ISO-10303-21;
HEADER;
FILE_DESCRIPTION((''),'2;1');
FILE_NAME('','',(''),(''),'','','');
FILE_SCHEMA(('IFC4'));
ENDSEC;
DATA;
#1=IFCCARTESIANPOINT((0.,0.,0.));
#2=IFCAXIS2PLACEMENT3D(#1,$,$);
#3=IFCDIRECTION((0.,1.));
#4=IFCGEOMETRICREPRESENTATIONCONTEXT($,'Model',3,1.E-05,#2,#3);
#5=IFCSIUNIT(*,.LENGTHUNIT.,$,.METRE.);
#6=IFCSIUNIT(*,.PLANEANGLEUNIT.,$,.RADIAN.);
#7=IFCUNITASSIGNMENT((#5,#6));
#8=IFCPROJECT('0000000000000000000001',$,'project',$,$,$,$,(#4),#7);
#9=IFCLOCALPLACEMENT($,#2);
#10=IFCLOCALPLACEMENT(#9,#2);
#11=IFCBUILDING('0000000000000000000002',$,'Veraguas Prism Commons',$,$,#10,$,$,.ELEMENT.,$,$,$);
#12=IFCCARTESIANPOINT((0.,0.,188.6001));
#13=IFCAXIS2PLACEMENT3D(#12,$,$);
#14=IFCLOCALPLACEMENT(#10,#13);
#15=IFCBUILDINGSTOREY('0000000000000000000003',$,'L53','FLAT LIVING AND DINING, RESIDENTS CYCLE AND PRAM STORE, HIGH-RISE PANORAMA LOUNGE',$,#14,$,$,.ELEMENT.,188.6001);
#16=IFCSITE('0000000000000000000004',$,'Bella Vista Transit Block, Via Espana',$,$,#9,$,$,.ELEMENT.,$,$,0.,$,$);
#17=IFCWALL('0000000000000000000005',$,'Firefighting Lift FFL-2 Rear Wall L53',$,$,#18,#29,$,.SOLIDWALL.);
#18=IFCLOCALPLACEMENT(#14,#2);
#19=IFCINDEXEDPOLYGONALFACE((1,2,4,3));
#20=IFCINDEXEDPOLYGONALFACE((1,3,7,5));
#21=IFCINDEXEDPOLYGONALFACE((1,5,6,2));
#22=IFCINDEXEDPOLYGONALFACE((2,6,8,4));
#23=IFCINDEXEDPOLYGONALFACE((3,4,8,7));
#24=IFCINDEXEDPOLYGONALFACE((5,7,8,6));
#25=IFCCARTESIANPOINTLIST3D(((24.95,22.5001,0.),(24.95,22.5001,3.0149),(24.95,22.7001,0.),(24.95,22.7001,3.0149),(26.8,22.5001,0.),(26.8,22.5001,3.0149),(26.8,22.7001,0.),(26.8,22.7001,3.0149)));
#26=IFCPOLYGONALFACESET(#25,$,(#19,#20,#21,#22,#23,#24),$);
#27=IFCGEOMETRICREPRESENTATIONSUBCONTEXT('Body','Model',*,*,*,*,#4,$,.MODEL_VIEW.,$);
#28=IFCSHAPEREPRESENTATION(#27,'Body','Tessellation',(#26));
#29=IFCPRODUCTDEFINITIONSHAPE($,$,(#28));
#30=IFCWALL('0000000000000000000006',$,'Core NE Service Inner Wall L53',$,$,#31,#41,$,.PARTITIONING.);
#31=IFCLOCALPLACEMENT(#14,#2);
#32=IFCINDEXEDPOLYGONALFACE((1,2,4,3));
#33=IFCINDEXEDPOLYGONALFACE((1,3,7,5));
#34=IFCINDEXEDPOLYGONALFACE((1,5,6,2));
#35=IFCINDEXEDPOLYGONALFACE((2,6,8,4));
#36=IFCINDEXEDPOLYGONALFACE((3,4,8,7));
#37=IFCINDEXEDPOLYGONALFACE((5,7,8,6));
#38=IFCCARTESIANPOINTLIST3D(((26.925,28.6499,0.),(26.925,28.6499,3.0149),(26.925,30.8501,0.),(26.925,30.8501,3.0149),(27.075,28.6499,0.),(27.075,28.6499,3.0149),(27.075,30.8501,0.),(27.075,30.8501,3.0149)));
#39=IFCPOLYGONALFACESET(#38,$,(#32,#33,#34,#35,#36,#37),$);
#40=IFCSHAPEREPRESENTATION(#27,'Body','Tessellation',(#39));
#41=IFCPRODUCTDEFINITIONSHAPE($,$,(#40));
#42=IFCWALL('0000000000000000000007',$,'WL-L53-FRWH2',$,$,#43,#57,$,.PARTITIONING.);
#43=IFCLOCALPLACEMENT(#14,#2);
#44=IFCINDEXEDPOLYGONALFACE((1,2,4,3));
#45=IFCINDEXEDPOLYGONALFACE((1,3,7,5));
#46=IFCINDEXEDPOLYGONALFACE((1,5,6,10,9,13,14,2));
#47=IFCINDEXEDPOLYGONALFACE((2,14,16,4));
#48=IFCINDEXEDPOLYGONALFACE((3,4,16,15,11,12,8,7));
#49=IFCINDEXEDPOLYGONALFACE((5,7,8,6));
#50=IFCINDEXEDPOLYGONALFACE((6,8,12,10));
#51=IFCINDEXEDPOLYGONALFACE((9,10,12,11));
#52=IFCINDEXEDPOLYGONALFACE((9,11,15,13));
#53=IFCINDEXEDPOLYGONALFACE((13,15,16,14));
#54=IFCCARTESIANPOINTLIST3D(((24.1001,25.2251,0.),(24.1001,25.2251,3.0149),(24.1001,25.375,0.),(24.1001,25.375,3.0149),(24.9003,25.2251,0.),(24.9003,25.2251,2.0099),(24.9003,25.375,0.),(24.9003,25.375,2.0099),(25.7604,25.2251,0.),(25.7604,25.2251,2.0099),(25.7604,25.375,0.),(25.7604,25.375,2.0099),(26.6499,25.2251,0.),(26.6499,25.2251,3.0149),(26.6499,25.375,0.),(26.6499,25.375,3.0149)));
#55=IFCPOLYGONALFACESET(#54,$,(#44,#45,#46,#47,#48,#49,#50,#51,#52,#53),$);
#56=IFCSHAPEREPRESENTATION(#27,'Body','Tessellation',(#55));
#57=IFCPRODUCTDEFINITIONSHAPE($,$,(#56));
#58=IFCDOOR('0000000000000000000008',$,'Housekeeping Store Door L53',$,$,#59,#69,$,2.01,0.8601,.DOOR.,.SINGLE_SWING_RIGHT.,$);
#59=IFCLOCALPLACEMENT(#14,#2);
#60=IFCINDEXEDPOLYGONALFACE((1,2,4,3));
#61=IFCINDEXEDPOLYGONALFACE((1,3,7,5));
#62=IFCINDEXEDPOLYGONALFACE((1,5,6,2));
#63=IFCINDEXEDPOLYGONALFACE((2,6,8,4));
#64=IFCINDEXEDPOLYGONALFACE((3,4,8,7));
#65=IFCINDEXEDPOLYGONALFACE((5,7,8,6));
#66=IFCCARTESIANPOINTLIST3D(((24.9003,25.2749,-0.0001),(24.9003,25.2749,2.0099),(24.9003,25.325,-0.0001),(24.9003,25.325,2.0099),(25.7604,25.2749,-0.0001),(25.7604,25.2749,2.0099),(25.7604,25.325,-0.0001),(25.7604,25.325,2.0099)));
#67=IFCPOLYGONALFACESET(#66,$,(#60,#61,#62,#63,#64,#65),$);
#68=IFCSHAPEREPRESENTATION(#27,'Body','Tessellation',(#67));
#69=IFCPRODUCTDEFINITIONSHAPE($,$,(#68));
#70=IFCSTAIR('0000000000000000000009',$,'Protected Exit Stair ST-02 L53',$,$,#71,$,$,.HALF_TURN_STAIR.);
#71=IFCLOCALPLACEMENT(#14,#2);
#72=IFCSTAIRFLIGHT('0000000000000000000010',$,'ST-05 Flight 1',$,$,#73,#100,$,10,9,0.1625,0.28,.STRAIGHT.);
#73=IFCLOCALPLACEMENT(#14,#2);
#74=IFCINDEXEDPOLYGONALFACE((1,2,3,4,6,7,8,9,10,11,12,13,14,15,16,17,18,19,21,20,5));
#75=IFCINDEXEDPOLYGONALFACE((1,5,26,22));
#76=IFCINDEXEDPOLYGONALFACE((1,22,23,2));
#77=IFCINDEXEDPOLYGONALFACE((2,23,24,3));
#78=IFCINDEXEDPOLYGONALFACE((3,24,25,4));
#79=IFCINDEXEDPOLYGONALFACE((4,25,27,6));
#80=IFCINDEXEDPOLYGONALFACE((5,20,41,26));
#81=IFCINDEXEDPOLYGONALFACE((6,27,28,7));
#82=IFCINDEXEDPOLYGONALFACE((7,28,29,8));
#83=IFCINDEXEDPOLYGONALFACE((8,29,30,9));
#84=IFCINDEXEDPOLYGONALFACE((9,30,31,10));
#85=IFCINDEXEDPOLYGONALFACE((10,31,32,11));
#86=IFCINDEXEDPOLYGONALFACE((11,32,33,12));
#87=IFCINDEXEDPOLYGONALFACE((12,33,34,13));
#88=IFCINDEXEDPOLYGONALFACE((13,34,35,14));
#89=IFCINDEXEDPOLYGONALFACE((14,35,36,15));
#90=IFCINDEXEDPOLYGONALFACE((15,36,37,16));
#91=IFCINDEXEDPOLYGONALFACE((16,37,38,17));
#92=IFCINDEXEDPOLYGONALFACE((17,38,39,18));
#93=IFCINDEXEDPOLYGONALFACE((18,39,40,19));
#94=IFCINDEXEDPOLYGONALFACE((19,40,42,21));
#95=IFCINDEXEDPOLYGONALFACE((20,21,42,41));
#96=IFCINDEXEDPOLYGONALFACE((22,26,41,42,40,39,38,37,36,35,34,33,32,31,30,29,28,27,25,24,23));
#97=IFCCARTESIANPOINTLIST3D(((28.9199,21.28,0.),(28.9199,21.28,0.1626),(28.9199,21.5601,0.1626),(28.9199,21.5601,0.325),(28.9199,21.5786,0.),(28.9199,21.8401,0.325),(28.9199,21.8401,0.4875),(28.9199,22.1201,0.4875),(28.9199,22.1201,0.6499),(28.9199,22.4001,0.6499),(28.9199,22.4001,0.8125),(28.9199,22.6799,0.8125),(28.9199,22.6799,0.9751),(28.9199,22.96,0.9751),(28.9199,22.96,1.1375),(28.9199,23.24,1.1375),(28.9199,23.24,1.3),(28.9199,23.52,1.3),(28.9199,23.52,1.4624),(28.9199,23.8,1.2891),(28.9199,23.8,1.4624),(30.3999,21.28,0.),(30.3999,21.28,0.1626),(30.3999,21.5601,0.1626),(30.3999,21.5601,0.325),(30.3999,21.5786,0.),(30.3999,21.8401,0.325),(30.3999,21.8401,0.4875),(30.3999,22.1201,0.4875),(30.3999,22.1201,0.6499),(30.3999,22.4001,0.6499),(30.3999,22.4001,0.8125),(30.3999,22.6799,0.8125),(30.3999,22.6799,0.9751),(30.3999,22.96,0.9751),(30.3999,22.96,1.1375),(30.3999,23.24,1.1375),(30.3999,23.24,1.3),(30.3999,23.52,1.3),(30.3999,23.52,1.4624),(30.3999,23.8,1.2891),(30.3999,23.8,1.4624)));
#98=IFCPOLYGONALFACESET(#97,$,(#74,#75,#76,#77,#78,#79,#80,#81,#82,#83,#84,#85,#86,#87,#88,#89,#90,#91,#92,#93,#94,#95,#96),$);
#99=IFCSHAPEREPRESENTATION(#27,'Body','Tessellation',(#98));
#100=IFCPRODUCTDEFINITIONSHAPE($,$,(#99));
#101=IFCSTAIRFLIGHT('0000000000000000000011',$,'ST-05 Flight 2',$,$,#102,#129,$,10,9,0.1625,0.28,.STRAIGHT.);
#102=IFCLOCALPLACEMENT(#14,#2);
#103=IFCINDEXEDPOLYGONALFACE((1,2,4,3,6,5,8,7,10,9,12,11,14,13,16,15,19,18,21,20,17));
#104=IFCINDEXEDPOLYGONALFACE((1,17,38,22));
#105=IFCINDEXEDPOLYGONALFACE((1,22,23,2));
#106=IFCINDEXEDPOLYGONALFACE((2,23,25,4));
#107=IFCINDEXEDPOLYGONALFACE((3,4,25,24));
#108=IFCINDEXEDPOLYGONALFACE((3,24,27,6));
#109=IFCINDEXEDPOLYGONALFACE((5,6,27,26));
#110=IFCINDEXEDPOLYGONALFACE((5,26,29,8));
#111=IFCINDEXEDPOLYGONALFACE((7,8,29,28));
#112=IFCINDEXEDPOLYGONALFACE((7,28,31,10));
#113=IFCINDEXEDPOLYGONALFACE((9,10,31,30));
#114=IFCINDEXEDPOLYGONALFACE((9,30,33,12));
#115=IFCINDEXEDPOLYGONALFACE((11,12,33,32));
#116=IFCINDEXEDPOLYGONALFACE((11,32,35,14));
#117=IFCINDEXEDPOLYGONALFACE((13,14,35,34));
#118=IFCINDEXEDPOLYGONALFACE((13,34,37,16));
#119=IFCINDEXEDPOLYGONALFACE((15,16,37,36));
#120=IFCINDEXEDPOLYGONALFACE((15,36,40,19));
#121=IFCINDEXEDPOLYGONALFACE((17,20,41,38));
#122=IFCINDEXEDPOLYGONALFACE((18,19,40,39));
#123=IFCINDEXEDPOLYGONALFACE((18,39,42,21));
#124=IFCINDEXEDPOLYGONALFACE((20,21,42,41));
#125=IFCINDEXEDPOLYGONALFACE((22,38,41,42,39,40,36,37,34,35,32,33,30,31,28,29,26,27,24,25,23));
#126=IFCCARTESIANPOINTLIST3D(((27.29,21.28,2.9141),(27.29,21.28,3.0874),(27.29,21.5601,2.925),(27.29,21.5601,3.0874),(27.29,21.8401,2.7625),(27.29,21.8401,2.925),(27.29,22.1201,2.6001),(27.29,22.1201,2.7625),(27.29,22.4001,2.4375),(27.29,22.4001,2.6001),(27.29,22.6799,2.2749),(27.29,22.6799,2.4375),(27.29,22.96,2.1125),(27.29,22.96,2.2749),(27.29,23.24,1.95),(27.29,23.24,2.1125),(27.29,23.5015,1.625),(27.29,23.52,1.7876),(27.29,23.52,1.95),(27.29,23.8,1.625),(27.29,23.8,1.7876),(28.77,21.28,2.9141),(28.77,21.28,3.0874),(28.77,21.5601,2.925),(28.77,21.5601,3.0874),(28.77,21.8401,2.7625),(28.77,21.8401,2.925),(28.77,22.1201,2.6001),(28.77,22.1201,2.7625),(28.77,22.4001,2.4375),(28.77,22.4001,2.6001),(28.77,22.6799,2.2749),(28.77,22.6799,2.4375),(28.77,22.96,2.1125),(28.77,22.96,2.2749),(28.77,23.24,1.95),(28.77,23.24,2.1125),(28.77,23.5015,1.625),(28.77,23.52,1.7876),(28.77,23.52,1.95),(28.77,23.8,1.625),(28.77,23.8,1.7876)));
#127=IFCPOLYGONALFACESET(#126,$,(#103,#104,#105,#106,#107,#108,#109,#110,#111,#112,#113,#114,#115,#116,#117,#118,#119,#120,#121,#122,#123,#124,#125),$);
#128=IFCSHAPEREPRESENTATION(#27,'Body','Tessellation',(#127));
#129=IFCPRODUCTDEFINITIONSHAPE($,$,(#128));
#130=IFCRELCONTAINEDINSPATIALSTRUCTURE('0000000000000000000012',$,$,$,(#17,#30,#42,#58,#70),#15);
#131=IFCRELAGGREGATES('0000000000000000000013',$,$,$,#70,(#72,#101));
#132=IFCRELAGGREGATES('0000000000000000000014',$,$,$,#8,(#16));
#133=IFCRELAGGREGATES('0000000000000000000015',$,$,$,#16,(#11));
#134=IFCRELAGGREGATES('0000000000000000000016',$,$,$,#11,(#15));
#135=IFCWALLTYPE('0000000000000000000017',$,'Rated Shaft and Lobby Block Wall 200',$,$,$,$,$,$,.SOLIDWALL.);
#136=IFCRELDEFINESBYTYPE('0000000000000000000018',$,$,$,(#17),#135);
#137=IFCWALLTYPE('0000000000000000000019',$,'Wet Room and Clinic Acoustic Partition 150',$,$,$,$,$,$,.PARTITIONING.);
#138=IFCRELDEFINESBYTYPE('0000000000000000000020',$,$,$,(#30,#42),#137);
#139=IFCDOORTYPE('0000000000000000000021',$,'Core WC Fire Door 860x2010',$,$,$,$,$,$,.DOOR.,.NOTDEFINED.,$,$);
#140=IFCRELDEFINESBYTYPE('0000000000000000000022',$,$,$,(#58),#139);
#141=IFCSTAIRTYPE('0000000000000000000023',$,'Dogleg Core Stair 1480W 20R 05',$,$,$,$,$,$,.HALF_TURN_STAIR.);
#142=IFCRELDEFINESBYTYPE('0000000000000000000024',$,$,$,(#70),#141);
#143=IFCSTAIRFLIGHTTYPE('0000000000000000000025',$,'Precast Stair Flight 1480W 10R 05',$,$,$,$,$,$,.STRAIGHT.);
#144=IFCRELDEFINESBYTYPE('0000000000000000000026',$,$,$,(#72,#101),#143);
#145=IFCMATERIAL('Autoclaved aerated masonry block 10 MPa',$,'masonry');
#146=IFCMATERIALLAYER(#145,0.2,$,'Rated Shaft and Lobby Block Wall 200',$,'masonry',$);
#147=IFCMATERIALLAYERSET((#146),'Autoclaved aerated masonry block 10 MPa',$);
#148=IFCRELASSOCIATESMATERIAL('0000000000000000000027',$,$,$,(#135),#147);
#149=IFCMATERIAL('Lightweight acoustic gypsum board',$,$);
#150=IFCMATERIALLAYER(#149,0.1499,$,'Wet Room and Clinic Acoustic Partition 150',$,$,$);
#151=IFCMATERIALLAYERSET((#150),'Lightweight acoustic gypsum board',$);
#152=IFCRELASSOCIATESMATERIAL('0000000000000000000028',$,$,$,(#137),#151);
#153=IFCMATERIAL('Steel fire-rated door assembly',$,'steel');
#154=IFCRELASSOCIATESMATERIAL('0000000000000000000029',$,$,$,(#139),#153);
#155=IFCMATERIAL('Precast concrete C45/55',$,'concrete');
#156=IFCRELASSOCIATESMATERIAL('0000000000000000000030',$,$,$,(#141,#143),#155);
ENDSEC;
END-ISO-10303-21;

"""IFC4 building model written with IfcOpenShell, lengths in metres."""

from ifc_helpers import new_model, si_unit, direction, frame, frame_2d, origin, place, context, subcontext, project, spatial, polyline, rectangle, outline, extrude, source, transform, mapped, material, layer, layer_set, type_object, element, fill, aggregate, save


model = new_model("IFC4")

# Units and contexts
model_context = context("Model", 3, precision=1e-05, world=origin(), true_north=direction((0.0, 1.0)))
body_context = subcontext(model_context, "Body", "Model", "MODEL_VIEW")
ifc_project = project(units=[si_unit("LENGTHUNIT", "METRE"), si_unit("PLANEANGLEUNIT", "RADIAN")], contexts=[model_context])

# Site, building, storey
site_placement = place(None, origin())
site = spatial("IfcSite", under=ifc_project, at=site_placement, Name="Bella Vista Transit Block, Via Espana", CompositionType="ELEMENT", RefElevation=0.0)
building_placement = place(site_placement, origin())
building = spatial("IfcBuilding", under=site, at=building_placement, Name="Veraguas Prism Commons", CompositionType="ELEMENT")
storey_placement = place(building_placement, frame((0.0, 0.0, 188.6001)))
storey = spatial("IfcBuildingStorey", under=building, at=storey_placement, Name="L53", Description="FLAT LIVING AND DINING, RESIDENTS CYCLE AND PRAM STORE, HIGH-RISE PANORAMA LOUNGE", CompositionType="ELEMENT", Elevation=188.6001)

# Shared definitions
ifc_material_1 = material(Name="Steel fire-rated door assembly", Category="steel")
ifc_material_2 = material(Name="Autoclaved aerated masonry block 10 MPa", Category="masonry")

# Walls
ifc_material_3 = material(Name="Lightweight acoustic gypsum board")
ifc_layer_1 = layer(ifc_material_2, 0.2, Name="Rated Shaft and Lobby Block Wall 200", Category="masonry")
ifc_layer_set_1 = layer_set([ifc_layer_1], Name="Autoclaved aerated masonry block 10 MPa")
wall_type_1 = type_object("IfcWallType", Name="Rated Shaft and Lobby Block Wall 200", PredefinedType="SOLIDWALL", material=ifc_layer_set_1)
wall_1_placement = place(storey_placement, frame((24.95, 22.6001, 0.0), z_axis=(0.0, 0.0, 1.0), x_axis=(1.0, 0.0, 0.0)))
element("IfcWall", 1, at=wall_1_placement, inside=storey, type_object=wall_type_1, Name="Firefighting Lift FFL-2 Rear Wall L53", PredefinedType="SOLIDWALL", context=body_context, shape_type="SweptSolid", body=[
    extrude(rectangle(XDim=1.8501, YDim=0.2, at=frame_2d((0.925, 0.0))), origin(), (0.0, 0.0, 1.0), 3.0149),
])
ifc_layer_2 = layer(ifc_material_3, 0.1499, Name="Wet Room and Clinic Acoustic Partition 150")
ifc_layer_set_2 = layer_set([ifc_layer_2], Name="Lightweight acoustic gypsum board")
wall_type_2 = type_object("IfcWallType", Name="Wet Room and Clinic Acoustic Partition 150", PredefinedType="PARTITIONING", material=ifc_layer_set_2)
wall_2_placement = place(storey_placement, frame((27.0, 28.6499, 0.0), z_axis=(0.0, 0.0, 1.0), x_axis=(0.0, 1.0, 0.0)))
element("IfcWall", 2, at=wall_2_placement, inside=storey, type_object=wall_type_2, Name="Core NE Service Inner Wall L53", PredefinedType="PARTITIONING", context=body_context, shape_type="SweptSolid", body=[
    extrude(rectangle(XDim=2.2002, YDim=0.1499, at=frame_2d((1.1001, 0.0))), origin(), (0.0, 0.0, 1.0), 3.0149),
])

# Wall, opening, door
wall_3_placement = place(storey_placement, frame((24.1001, 25.3, 0.0), z_axis=(0.0, 0.0, 1.0), x_axis=(1.0, 0.0, 0.0)))
wall_3 = element("IfcWall", 3, at=wall_3_placement, inside=storey, type_object=wall_type_2, Name="WL-L53-FRWH2", PredefinedType="PARTITIONING", context=body_context, shape_type="SweptSolid", body=[
    extrude(rectangle(XDim=2.5498, YDim=0.1499, at=frame_2d((1.2749, 0.0))), origin(), (0.0, 0.0, 1.0), 3.0149),
])
opening_1_placement = place(wall_3_placement, frame((0.8, 0.0, 0.0)))
opening_1 = element("IfcOpeningElement", 4, at=opening_1_placement, cuts=wall_3, PredefinedType="OPENING", context=body_context, shape_type="SweptSolid", body=[
    extrude(rectangle(XDim=0.8601, YDim=2.01, at=frame_2d((0.4302, 1.0049))), frame((0.0, 0.085, 0.0), z_axis=(0.0, -1.0, 0.0), x_axis=(1.0, 0.0, 0.0)), (0.0, 0.0, 1.0), 0.1699),
])
door_type_1 = type_object("IfcDoorType", Name="Core WC Fire Door 860x2010", OperationType="NOTDEFINED", PredefinedType="DOOR", material=ifc_material_1)
shared_shape_1 = source(origin(), body_context, "Body", "SweptSolid", [
    extrude(rectangle(XDim=0.8601, YDim=2.01, at=frame_2d((0.4302, 1.0049))), frame((0.0, 0.0249, 0.0), z_axis=(0.0, -1.0, 0.0), x_axis=(1.0, 0.0, 0.0)), (0.0, 0.0, 1.0), 0.05),
])
door_1_placement = place(opening_1_placement, origin())
door_1 = element("IfcDoor", 5, at=door_1_placement, inside=storey, type_object=door_type_1, Name="Housekeeping Store Door L53", OperationType="SINGLE_SWING_RIGHT", OverallHeight=2.01, OverallWidth=0.8601, PredefinedType="DOOR", context=body_context, shape_type="MappedRepresentation", body=[
    mapped(shared_shape_1, transform((0.0, 0.0, 0.0), scale=1.0)),
])
fill(opening_1, door_1)

# Stair, stair flights
ifc_material_4 = material(Name="Precast concrete C45/55", Category="concrete")
stair_type = type_object("IfcStairType", Name="Dogleg Core Stair 1480W 20R 05", PredefinedType="HALF_TURN_STAIR", material=ifc_material_4)
stair_placement = place(storey_placement, origin())
stair = element("IfcStair", 6, at=stair_placement, inside=storey, type_object=stair_type, Name="Protected Exit Stair ST-02 L53", PredefinedType="HALF_TURN_STAIR")
stair_flight_type = type_object("IfcStairFlightType", Name="Precast Stair Flight 1480W 10R 05", PredefinedType="STRAIGHT", material=ifc_material_4)
stair_flight_1_placement = place(storey_placement, frame((29.6599, 21.28, 0.0), z_axis=(0.0, 0.0, 1.0), x_axis=(0.0, 1.0, 0.0)))
stair_flight_1 = element("IfcStairFlight", 7, at=stair_flight_1_placement, type_object=stair_flight_type, Name="ST-05 Flight 1", NumberOfRisers=10, NumberOfTreads=9, PredefinedType="STRAIGHT", RiserHeight=0.1625, TreadLength=0.28, context=body_context, shape_type="SweptSolid", body=[
    extrude(outline(polyline([(0.0, 0.0), (0.0, 0.1626), (0.28, 0.1626), (0.28, 0.325), (0.5601, 0.325), (0.5601, 0.4875), (0.8401, 0.4875), (0.8401, 0.6499), (1.1201, 0.6499), (1.1201, 0.8125), (1.3999, 0.8125), (1.3999, 0.9751), (1.6799, 0.9751), (1.6799, 1.1375), (1.96, 1.1375), (1.96, 1.3), (2.24, 1.3), (2.24, 1.4624), (2.52, 1.4624), (2.52, 1.625), (2.52, 1.2891), (0.2986, 0.0), (0.0, 0.0)])), frame((0.0, 0.74, 0.0), z_axis=(0.0, -1.0, 0.0), x_axis=(1.0, 0.0, 0.0)), (0.0, 0.0, 1.0), 1.48),
])
stair_flight_2_placement = place(storey_placement, frame((28.03, 23.8, 1.625), z_axis=(0.0, 0.0, 1.0), x_axis=(0.0, -1.0, 0.0)))
stair_flight_2 = element("IfcStairFlight", 8, at=stair_flight_2_placement, type_object=stair_flight_type, Name="ST-05 Flight 2", NumberOfRisers=10, NumberOfTreads=9, PredefinedType="STRAIGHT", RiserHeight=0.1625, TreadLength=0.28, context=body_context, shape_type="SweptSolid", body=[
    extrude(outline(polyline([(0.0, 0.0), (0.0, 0.1626), (0.28, 0.1626), (0.28, 0.325), (0.5601, 0.325), (0.5601, 0.4875), (0.8401, 0.4875), (0.8401, 0.6499), (1.1201, 0.6499), (1.1201, 0.8125), (1.3999, 0.8125), (1.3999, 0.9751), (1.6799, 0.9751), (1.6799, 1.1375), (1.96, 1.1375), (1.96, 1.3), (2.24, 1.3), (2.24, 1.4624), (2.52, 1.4624), (2.52, 1.625), (2.52, 1.2891), (0.2986, 0.0), (0.0, 0.0)])), frame((0.0, 0.74, 0.0), z_axis=(0.0, -1.0, 0.0), x_axis=(1.0, 0.0, 0.0)), (0.0, 0.0, 1.0), 1.48),
])
aggregate(stair, [stair_flight_1, stair_flight_2])

save(model, "model.ifc")
